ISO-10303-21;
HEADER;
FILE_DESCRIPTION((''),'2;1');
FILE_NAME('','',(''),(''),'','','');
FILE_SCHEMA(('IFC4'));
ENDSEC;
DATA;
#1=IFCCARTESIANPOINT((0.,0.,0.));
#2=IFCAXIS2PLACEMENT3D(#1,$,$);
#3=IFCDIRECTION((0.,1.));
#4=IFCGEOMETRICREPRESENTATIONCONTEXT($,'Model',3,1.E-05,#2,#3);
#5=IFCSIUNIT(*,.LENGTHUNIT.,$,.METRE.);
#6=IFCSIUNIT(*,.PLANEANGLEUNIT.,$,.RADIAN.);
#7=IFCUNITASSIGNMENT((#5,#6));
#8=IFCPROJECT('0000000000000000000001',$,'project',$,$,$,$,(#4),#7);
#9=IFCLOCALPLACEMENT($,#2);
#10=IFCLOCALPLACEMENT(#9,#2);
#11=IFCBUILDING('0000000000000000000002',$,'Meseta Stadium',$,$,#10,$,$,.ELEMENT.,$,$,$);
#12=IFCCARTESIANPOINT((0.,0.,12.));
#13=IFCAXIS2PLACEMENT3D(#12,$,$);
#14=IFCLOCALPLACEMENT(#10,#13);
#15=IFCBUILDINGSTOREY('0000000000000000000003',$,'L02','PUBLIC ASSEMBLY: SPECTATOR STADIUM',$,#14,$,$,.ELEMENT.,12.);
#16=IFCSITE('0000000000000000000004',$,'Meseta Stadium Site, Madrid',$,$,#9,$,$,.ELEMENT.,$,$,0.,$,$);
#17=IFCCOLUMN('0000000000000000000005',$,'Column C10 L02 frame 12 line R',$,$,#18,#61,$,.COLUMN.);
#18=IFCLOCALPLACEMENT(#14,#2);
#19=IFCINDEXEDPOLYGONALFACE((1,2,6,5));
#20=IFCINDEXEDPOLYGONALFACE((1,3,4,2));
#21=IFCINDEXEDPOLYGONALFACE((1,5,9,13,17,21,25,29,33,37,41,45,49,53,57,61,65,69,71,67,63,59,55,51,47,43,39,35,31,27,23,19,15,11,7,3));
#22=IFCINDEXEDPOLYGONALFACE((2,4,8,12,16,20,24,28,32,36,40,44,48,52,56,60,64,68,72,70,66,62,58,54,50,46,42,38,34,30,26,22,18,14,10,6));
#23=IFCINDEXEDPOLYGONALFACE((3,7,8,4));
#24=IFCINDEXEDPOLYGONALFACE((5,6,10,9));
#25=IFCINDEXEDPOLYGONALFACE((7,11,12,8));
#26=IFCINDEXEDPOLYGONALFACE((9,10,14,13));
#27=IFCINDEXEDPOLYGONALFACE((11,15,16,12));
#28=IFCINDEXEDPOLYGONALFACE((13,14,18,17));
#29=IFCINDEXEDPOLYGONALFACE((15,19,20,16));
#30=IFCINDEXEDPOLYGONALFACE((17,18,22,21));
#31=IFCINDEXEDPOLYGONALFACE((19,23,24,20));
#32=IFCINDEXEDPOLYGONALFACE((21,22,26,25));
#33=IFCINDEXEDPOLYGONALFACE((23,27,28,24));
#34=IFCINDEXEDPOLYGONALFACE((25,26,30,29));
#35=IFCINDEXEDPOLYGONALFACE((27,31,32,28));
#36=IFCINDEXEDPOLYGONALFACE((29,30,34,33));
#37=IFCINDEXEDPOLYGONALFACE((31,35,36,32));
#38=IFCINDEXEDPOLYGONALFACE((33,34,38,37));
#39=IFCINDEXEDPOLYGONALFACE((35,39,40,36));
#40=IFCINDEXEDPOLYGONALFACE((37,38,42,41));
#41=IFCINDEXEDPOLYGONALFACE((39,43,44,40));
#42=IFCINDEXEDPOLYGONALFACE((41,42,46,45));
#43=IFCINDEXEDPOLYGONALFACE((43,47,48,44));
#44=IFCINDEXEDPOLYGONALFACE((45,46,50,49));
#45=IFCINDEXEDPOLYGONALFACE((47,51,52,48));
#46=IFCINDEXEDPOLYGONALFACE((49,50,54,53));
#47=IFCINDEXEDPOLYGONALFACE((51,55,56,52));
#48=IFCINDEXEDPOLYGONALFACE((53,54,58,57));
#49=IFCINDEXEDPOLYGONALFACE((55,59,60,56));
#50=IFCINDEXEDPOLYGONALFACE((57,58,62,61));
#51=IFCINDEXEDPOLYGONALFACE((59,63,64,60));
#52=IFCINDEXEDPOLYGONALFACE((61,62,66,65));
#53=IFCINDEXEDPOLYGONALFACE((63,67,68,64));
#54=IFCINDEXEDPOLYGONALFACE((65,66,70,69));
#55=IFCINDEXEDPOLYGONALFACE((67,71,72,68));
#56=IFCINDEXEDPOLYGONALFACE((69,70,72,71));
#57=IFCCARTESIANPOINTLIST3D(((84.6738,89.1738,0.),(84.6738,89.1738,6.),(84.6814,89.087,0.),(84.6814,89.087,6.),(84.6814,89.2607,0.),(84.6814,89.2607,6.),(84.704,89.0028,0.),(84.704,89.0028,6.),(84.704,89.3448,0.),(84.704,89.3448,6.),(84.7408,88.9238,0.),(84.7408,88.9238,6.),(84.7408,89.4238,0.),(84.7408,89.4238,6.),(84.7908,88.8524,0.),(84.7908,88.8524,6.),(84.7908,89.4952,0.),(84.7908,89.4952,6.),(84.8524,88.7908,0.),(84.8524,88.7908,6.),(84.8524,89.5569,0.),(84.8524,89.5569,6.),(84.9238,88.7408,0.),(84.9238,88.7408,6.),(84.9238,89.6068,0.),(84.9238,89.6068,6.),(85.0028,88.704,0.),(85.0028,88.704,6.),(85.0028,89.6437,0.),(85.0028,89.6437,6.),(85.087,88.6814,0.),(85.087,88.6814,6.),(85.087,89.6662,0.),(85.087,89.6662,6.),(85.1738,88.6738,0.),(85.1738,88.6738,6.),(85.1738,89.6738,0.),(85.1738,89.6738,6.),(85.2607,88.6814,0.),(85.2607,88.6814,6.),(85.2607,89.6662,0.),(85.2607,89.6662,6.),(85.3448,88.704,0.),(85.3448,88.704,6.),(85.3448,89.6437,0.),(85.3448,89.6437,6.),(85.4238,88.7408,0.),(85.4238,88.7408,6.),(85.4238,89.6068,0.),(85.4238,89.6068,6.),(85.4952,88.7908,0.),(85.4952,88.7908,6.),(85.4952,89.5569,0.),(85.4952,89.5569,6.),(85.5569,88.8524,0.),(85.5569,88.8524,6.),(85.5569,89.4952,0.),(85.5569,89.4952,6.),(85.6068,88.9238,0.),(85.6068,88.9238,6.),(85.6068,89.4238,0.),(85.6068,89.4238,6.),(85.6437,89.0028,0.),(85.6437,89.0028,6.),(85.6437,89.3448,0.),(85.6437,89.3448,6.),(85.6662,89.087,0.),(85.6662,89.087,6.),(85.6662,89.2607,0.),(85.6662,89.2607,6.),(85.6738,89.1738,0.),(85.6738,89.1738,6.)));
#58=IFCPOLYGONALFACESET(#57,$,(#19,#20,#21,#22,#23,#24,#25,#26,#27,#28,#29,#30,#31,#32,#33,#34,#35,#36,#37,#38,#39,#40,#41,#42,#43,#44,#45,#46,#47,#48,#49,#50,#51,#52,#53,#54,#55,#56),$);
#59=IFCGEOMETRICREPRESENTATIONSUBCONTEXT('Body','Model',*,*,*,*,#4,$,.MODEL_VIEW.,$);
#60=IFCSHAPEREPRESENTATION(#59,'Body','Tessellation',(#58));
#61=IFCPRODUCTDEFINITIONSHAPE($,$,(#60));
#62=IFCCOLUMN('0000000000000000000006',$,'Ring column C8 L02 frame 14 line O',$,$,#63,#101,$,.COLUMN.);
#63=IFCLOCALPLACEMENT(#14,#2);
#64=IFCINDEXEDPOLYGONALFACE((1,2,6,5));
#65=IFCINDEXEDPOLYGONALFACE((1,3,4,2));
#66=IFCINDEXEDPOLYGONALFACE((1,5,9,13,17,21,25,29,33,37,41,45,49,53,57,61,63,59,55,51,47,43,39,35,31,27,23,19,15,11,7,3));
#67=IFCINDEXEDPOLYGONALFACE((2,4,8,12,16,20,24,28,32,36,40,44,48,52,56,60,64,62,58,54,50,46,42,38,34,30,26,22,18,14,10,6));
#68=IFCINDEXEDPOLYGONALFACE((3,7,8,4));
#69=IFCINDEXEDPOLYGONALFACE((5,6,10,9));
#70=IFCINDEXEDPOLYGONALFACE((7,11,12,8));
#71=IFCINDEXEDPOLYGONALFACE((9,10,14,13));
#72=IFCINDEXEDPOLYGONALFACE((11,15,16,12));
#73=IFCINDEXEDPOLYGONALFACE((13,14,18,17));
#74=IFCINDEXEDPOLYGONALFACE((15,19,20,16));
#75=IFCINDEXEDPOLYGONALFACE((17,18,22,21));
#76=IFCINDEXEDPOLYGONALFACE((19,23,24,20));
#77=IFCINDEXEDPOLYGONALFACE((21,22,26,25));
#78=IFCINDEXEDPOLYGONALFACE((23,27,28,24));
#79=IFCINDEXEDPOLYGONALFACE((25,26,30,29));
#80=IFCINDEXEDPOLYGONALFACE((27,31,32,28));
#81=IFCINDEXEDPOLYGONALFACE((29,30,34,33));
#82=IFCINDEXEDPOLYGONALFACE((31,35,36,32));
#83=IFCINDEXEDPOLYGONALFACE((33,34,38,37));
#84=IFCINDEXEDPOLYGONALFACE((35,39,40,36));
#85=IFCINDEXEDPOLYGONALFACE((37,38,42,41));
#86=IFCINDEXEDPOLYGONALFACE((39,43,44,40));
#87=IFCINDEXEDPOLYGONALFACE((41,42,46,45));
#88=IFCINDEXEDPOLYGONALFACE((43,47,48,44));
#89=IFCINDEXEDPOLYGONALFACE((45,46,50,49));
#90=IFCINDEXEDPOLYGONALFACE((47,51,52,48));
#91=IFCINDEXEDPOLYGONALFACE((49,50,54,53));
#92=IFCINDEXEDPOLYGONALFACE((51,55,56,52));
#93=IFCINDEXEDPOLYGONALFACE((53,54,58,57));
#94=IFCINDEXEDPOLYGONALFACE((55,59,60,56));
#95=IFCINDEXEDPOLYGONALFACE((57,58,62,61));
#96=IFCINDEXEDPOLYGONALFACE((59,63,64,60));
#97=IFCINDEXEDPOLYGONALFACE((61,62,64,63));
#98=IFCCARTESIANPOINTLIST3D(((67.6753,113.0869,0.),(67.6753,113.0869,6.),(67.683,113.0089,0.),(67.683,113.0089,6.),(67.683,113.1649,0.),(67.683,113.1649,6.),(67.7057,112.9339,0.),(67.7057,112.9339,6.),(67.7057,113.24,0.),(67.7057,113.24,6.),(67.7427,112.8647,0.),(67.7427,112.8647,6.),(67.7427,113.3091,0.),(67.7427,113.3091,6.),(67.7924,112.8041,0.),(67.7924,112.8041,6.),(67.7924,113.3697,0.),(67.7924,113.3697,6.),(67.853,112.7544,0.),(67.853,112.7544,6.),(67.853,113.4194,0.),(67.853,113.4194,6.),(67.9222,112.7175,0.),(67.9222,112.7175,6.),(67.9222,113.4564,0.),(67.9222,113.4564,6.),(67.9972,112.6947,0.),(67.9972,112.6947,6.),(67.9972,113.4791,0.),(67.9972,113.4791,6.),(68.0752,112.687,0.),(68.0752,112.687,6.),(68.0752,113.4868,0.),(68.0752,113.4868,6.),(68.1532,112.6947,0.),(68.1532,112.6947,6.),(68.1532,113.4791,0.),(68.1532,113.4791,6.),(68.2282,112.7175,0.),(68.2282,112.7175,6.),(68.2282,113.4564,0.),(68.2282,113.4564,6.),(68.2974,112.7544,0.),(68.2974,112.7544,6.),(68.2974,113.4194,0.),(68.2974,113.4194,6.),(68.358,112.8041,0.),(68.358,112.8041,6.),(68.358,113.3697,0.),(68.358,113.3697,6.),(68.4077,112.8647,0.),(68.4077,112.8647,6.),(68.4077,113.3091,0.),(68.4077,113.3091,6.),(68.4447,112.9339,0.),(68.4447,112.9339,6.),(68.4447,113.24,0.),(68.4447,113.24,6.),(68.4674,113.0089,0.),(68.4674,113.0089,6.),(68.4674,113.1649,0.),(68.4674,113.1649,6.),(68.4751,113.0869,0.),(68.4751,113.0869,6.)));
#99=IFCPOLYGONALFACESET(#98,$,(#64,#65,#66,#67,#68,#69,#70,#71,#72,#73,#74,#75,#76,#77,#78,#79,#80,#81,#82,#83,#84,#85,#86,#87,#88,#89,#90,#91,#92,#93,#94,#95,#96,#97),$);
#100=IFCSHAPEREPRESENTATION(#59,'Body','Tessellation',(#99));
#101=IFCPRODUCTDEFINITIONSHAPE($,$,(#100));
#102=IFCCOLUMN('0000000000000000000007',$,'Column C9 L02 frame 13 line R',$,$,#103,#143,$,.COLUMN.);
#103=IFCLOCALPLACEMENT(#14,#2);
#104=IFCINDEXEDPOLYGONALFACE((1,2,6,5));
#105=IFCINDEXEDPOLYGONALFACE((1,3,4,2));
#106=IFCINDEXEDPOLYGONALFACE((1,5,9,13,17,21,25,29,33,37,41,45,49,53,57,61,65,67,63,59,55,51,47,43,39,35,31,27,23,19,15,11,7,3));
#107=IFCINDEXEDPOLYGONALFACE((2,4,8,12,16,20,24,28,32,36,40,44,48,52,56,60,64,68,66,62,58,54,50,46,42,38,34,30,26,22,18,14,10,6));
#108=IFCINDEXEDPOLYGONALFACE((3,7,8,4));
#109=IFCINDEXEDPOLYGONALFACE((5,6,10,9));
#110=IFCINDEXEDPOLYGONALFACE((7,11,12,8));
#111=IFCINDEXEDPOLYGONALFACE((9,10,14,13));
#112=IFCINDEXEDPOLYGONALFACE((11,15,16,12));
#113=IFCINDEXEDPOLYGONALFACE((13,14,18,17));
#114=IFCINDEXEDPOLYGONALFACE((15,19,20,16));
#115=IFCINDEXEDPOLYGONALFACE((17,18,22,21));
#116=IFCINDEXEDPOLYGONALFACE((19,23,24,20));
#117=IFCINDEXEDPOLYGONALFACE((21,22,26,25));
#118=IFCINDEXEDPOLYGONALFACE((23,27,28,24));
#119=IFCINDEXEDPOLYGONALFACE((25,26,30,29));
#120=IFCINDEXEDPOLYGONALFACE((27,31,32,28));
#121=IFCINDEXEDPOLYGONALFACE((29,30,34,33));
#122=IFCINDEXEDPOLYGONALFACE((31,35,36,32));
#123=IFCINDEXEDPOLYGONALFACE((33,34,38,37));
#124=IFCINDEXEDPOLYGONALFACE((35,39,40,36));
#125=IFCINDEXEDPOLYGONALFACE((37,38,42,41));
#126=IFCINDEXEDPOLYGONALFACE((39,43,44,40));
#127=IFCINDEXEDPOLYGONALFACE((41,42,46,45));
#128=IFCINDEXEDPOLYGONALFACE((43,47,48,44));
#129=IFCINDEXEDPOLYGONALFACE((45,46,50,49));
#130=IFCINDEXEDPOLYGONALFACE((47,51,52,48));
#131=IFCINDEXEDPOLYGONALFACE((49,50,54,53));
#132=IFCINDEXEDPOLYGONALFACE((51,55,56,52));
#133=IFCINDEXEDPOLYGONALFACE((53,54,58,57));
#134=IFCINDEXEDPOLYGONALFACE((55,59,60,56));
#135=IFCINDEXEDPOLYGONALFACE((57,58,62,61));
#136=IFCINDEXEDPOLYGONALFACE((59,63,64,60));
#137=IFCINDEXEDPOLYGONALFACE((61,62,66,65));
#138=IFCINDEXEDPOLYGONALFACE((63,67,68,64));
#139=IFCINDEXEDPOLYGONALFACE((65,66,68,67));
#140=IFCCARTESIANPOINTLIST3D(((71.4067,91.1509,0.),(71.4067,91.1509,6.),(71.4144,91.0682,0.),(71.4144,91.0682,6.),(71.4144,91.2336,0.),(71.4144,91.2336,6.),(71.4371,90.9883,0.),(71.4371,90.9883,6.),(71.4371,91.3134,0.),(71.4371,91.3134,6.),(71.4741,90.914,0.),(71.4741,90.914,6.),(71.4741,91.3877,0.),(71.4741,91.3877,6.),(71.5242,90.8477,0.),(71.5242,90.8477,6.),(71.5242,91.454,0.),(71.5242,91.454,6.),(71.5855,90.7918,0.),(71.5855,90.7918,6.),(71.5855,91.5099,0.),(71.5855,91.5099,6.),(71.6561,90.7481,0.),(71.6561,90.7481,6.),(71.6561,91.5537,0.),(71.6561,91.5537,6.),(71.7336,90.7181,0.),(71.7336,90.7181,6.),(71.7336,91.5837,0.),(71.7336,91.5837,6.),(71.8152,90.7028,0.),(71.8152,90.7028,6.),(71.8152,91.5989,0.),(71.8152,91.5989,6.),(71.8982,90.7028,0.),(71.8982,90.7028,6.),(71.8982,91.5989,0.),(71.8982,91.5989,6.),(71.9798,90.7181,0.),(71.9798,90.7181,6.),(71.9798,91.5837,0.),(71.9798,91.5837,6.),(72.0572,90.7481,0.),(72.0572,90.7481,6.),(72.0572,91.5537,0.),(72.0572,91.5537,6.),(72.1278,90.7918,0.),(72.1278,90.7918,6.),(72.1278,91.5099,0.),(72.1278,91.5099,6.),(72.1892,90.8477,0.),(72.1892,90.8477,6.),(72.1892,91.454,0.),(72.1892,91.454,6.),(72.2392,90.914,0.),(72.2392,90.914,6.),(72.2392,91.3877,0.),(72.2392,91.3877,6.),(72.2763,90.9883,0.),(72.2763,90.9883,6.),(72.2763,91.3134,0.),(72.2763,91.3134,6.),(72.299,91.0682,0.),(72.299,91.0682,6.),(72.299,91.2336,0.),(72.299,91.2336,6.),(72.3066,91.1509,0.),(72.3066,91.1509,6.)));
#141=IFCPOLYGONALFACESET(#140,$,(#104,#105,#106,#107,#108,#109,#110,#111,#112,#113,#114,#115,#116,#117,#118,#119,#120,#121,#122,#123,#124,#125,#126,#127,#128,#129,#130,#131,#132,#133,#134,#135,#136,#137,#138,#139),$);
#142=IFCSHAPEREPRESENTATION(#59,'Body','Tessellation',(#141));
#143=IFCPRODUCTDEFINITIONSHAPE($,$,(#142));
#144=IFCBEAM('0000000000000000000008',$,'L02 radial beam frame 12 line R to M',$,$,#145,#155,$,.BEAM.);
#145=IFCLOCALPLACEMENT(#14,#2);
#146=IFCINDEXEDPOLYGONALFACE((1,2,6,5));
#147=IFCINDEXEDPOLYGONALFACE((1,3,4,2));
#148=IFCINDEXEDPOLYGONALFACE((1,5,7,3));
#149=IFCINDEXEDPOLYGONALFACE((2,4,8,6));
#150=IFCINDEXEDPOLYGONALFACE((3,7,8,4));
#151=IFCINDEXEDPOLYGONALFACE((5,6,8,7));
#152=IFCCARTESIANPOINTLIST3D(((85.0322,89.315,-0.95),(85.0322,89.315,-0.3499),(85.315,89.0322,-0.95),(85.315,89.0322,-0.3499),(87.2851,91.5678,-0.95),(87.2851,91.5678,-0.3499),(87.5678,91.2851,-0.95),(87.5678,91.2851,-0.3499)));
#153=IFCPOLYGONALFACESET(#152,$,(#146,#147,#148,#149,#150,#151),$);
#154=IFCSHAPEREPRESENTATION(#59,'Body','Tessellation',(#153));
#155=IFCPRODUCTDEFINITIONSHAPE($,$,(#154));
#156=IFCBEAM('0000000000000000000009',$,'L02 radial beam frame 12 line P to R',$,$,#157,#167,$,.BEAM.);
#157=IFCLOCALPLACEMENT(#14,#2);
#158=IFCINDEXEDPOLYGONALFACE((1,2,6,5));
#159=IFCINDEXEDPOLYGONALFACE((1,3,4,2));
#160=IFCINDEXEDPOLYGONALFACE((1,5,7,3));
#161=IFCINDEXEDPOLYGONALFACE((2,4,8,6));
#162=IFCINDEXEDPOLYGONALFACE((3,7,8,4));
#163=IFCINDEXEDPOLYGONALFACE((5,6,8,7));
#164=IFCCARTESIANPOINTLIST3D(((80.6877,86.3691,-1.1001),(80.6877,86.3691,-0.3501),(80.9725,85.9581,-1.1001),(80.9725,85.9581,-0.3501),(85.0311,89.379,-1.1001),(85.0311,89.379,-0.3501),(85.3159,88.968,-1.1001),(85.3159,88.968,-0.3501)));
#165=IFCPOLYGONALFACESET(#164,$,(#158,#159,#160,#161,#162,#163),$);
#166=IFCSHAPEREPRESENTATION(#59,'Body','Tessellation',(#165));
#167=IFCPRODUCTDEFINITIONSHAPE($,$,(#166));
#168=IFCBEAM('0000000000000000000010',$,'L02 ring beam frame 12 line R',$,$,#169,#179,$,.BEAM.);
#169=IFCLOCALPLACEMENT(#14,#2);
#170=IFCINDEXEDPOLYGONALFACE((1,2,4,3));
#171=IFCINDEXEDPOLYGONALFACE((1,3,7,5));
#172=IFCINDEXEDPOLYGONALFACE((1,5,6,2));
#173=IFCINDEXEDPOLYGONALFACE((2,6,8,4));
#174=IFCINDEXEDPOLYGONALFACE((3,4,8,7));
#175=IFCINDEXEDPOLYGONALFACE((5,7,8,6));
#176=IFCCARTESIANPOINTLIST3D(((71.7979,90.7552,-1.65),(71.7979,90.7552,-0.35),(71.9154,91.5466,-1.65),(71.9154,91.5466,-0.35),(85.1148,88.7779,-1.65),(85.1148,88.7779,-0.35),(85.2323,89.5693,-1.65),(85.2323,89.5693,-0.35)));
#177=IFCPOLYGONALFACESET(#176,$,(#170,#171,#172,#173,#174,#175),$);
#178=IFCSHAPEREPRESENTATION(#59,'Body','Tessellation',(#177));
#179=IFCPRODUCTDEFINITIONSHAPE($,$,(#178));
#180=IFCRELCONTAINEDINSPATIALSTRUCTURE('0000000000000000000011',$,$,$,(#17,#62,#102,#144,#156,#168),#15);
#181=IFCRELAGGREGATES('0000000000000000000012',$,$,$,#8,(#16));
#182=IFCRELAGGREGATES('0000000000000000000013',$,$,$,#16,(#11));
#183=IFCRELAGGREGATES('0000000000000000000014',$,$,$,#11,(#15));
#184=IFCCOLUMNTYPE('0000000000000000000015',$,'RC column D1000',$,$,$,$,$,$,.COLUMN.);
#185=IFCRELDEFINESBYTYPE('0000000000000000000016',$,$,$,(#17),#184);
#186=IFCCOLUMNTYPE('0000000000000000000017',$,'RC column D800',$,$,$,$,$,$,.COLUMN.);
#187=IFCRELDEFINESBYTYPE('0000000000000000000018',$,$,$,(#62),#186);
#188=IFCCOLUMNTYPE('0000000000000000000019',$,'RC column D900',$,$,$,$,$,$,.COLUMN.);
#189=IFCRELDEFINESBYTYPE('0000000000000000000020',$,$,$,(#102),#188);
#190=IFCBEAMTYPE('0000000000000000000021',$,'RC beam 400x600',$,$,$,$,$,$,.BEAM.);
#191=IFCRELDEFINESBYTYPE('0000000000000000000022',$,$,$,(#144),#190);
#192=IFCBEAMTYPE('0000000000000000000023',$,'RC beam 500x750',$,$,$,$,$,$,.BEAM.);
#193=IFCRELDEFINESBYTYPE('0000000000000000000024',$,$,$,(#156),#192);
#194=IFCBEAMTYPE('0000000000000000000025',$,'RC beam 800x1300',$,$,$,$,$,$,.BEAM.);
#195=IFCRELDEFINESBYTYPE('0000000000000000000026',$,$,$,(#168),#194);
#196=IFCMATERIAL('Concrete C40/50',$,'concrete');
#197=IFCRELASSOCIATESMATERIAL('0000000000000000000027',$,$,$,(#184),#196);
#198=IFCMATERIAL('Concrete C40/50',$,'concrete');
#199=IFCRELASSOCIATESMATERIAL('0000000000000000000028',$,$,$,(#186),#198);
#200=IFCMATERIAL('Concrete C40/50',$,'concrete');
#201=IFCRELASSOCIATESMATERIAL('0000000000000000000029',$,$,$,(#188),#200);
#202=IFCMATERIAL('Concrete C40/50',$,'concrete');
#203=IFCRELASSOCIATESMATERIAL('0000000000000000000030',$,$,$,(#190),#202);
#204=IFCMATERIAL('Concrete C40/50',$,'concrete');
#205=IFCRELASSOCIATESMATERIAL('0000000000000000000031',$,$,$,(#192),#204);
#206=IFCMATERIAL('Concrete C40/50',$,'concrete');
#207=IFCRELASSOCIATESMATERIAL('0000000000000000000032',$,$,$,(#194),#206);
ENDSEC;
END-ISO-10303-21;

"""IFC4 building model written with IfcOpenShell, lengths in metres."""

from ifc_helpers import new_model, si_unit, direction, frame, origin, origin_2d, place, context, subcontext, project, spatial, rectangle, circle, extrude, material, material_profile, profile_set, type_object, element, save


model = new_model("IFC4")

# Units and contexts
model_context = context("Model", 3, precision=1e-05, world=origin(), true_north=direction((0.0, 1.0)))
body_context = subcontext(model_context, "Body", "Model", "MODEL_VIEW")
ifc_project = project(units=[si_unit("LENGTHUNIT", "METRE"), si_unit("PLANEANGLEUNIT", "RADIAN")], contexts=[model_context])

# Site, building, storey
site_placement = place(None, origin())
site = spatial("IfcSite", under=ifc_project, at=site_placement, Name="Meseta Stadium Site, Madrid", CompositionType="ELEMENT", RefElevation=0.0)
building_placement = place(site_placement, origin())
building = spatial("IfcBuilding", under=site, at=building_placement, Name="Meseta Stadium", CompositionType="ELEMENT")
storey_placement = place(building_placement, frame((0.0, 0.0, 12.0)))
storey = spatial("IfcBuildingStorey", under=building, at=storey_placement, Name="L02", Description="PUBLIC ASSEMBLY: SPECTATOR STADIUM", CompositionType="ELEMENT", Elevation=12.0)

# Columns
ifc_material_1 = material(Name="Concrete C40/50", Category="concrete")
ifc_material_profile_1 = material_profile(ifc_material_1, circle(Radius=0.5, at=origin_2d()), Name="RC D1000")
ifc_profile_set_1 = profile_set([ifc_material_profile_1], Name="Concrete C40/50")
column_type_1 = type_object("IfcColumnType", Name="RC column D1000", PredefinedType="COLUMN", material=ifc_profile_set_1)
column_1_placement = place(storey_placement, frame((85.1738, 89.1738, 0.0), z_axis=(0.0, 0.0, 1.0), x_axis=(1.0, 0.0, 0.0)))
element("IfcColumn", 1, at=column_1_placement, inside=storey, type_object=column_type_1, Name="Column C10 L02 frame 12 line R", PredefinedType="COLUMN", context=body_context, shape_type="SweptSolid", body=[
    extrude(circle(Radius=0.5, at=origin_2d()), origin(), (0.0, 0.0, 1.0), 6.0),
])
ifc_material_2 = material(Name="Concrete C40/50", Category="concrete")
ifc_material_profile_2 = material_profile(ifc_material_2, circle(Radius=0.3999, at=origin_2d()), Name="RC D800")
ifc_profile_set_2 = profile_set([ifc_material_profile_2], Name="Concrete C40/50")
column_type_2 = type_object("IfcColumnType", Name="RC column D800", PredefinedType="COLUMN", material=ifc_profile_set_2)
column_2_placement = place(storey_placement, frame((68.0752, 113.0869, 0.0), z_axis=(0.0, 0.0, 1.0), x_axis=(1.0, 0.0, 0.0)))
element("IfcColumn", 2, at=column_2_placement, inside=storey, type_object=column_type_2, Name="Ring column C8 L02 frame 14 line O", PredefinedType="COLUMN", context=body_context, shape_type="SweptSolid", body=[
    extrude(circle(Radius=0.3999, at=origin_2d()), origin(), (0.0, 0.0, 1.0), 6.0),
])
ifc_material_3 = material(Name="Concrete C40/50", Category="concrete")
ifc_material_profile_3 = material_profile(ifc_material_3, circle(Radius=0.45, at=origin_2d()), Name="RC D900")
ifc_profile_set_3 = profile_set([ifc_material_profile_3], Name="Concrete C40/50")
column_type_3 = type_object("IfcColumnType", Name="RC column D900", PredefinedType="COLUMN", material=ifc_profile_set_3)
column_3_placement = place(storey_placement, frame((71.8567, 91.1509, 0.0), z_axis=(0.0, 0.0, 1.0), x_axis=(1.0, 0.0, 0.0)))
element("IfcColumn", 3, at=column_3_placement, inside=storey, type_object=column_type_3, Name="Column C9 L02 frame 13 line R", PredefinedType="COLUMN", context=body_context, shape_type="SweptSolid", body=[
    extrude(circle(Radius=0.45, at=origin_2d()), origin(), (0.0, 0.0, 1.0), 6.0),
])

# Beams
ifc_material_4 = material(Name="Concrete C40/50", Category="concrete")
ifc_material_profile_4 = material_profile(ifc_material_4, rectangle(XDim=0.3999, YDim=0.6001, at=origin_2d()), Name="RC 400x600")
ifc_profile_set_4 = profile_set([ifc_material_profile_4], Name="Concrete C40/50")
beam_type_1 = type_object("IfcBeamType", Name="RC beam 400x600", PredefinedType="BEAM", material=ifc_profile_set_4)
beam_1_placement = place(storey_placement, frame((85.1736, 89.1736, -0.6499), z_axis=(0.707107, 0.707107, 0.0), x_axis=(-0.707107, 0.707107, 0.0)))
element("IfcBeam", 4, at=beam_1_placement, inside=storey, type_object=beam_type_1, Name="L02 radial beam frame 12 line R to M", PredefinedType="BEAM", context=body_context, shape_type="SweptSolid", body=[
    extrude(rectangle(XDim=0.3999, YDim=0.6001, at=origin_2d()), origin(), (0.0, 0.0, 1.0), 3.186),
])
ifc_material_5 = material(Name="Concrete C40/50", Category="concrete")
ifc_material_profile_5 = material_profile(ifc_material_5, rectangle(XDim=0.5, YDim=0.75, at=origin_2d()), Name="RC 500x750")
ifc_profile_set_5 = profile_set([ifc_material_profile_5], Name="Concrete C40/50")
beam_type_2 = type_object("IfcBeamType", Name="RC beam 500x750", PredefinedType="BEAM", material=ifc_profile_set_5)
beam_2_placement = place(storey_placement, frame((80.8301, 86.1636, -0.7251), z_axis=(0.821929, 0.569589, 0.0), x_axis=(-0.569589, 0.821929, 0.0)))
element("IfcBeam", 5, at=beam_2_placement, inside=storey, type_object=beam_type_2, Name="L02 radial beam frame 12 line P to R", PredefinedType="BEAM", context=body_context, shape_type="SweptSolid", body=[
    extrude(rectangle(XDim=0.5, YDim=0.75, at=origin_2d()), origin(), (0.0, 0.0, 1.0), 5.2844),
])
ifc_material_6 = material(Name="Concrete C40/50", Category="concrete")
ifc_material_profile_6 = material_profile(ifc_material_6, rectangle(XDim=0.8, YDim=1.3, at=origin_2d()), Name="RC 800x1300")
ifc_profile_set_6 = profile_set([ifc_material_profile_6], Name="Concrete C40/50")
beam_type_3 = type_object("IfcBeamType", Name="RC beam 800x1300", PredefinedType="BEAM", material=ifc_profile_set_6)
beam_3_placement = place(storey_placement, frame((85.1736, 89.1736, -1.0), z_axis=(-0.989156, 0.14687, 0.0), x_axis=(-0.14687, -0.989156, 0.0)))
element("IfcBeam", 6, at=beam_3_placement, inside=storey, type_object=beam_type_3, Name="L02 ring beam frame 12 line R", PredefinedType="BEAM", context=body_context, shape_type="SweptSolid", body=[
    extrude(rectangle(XDim=0.8, YDim=1.3, at=origin_2d()), origin(), (0.0, 0.0, 1.0), 13.4629),
])

save(model, "model.ifc")
